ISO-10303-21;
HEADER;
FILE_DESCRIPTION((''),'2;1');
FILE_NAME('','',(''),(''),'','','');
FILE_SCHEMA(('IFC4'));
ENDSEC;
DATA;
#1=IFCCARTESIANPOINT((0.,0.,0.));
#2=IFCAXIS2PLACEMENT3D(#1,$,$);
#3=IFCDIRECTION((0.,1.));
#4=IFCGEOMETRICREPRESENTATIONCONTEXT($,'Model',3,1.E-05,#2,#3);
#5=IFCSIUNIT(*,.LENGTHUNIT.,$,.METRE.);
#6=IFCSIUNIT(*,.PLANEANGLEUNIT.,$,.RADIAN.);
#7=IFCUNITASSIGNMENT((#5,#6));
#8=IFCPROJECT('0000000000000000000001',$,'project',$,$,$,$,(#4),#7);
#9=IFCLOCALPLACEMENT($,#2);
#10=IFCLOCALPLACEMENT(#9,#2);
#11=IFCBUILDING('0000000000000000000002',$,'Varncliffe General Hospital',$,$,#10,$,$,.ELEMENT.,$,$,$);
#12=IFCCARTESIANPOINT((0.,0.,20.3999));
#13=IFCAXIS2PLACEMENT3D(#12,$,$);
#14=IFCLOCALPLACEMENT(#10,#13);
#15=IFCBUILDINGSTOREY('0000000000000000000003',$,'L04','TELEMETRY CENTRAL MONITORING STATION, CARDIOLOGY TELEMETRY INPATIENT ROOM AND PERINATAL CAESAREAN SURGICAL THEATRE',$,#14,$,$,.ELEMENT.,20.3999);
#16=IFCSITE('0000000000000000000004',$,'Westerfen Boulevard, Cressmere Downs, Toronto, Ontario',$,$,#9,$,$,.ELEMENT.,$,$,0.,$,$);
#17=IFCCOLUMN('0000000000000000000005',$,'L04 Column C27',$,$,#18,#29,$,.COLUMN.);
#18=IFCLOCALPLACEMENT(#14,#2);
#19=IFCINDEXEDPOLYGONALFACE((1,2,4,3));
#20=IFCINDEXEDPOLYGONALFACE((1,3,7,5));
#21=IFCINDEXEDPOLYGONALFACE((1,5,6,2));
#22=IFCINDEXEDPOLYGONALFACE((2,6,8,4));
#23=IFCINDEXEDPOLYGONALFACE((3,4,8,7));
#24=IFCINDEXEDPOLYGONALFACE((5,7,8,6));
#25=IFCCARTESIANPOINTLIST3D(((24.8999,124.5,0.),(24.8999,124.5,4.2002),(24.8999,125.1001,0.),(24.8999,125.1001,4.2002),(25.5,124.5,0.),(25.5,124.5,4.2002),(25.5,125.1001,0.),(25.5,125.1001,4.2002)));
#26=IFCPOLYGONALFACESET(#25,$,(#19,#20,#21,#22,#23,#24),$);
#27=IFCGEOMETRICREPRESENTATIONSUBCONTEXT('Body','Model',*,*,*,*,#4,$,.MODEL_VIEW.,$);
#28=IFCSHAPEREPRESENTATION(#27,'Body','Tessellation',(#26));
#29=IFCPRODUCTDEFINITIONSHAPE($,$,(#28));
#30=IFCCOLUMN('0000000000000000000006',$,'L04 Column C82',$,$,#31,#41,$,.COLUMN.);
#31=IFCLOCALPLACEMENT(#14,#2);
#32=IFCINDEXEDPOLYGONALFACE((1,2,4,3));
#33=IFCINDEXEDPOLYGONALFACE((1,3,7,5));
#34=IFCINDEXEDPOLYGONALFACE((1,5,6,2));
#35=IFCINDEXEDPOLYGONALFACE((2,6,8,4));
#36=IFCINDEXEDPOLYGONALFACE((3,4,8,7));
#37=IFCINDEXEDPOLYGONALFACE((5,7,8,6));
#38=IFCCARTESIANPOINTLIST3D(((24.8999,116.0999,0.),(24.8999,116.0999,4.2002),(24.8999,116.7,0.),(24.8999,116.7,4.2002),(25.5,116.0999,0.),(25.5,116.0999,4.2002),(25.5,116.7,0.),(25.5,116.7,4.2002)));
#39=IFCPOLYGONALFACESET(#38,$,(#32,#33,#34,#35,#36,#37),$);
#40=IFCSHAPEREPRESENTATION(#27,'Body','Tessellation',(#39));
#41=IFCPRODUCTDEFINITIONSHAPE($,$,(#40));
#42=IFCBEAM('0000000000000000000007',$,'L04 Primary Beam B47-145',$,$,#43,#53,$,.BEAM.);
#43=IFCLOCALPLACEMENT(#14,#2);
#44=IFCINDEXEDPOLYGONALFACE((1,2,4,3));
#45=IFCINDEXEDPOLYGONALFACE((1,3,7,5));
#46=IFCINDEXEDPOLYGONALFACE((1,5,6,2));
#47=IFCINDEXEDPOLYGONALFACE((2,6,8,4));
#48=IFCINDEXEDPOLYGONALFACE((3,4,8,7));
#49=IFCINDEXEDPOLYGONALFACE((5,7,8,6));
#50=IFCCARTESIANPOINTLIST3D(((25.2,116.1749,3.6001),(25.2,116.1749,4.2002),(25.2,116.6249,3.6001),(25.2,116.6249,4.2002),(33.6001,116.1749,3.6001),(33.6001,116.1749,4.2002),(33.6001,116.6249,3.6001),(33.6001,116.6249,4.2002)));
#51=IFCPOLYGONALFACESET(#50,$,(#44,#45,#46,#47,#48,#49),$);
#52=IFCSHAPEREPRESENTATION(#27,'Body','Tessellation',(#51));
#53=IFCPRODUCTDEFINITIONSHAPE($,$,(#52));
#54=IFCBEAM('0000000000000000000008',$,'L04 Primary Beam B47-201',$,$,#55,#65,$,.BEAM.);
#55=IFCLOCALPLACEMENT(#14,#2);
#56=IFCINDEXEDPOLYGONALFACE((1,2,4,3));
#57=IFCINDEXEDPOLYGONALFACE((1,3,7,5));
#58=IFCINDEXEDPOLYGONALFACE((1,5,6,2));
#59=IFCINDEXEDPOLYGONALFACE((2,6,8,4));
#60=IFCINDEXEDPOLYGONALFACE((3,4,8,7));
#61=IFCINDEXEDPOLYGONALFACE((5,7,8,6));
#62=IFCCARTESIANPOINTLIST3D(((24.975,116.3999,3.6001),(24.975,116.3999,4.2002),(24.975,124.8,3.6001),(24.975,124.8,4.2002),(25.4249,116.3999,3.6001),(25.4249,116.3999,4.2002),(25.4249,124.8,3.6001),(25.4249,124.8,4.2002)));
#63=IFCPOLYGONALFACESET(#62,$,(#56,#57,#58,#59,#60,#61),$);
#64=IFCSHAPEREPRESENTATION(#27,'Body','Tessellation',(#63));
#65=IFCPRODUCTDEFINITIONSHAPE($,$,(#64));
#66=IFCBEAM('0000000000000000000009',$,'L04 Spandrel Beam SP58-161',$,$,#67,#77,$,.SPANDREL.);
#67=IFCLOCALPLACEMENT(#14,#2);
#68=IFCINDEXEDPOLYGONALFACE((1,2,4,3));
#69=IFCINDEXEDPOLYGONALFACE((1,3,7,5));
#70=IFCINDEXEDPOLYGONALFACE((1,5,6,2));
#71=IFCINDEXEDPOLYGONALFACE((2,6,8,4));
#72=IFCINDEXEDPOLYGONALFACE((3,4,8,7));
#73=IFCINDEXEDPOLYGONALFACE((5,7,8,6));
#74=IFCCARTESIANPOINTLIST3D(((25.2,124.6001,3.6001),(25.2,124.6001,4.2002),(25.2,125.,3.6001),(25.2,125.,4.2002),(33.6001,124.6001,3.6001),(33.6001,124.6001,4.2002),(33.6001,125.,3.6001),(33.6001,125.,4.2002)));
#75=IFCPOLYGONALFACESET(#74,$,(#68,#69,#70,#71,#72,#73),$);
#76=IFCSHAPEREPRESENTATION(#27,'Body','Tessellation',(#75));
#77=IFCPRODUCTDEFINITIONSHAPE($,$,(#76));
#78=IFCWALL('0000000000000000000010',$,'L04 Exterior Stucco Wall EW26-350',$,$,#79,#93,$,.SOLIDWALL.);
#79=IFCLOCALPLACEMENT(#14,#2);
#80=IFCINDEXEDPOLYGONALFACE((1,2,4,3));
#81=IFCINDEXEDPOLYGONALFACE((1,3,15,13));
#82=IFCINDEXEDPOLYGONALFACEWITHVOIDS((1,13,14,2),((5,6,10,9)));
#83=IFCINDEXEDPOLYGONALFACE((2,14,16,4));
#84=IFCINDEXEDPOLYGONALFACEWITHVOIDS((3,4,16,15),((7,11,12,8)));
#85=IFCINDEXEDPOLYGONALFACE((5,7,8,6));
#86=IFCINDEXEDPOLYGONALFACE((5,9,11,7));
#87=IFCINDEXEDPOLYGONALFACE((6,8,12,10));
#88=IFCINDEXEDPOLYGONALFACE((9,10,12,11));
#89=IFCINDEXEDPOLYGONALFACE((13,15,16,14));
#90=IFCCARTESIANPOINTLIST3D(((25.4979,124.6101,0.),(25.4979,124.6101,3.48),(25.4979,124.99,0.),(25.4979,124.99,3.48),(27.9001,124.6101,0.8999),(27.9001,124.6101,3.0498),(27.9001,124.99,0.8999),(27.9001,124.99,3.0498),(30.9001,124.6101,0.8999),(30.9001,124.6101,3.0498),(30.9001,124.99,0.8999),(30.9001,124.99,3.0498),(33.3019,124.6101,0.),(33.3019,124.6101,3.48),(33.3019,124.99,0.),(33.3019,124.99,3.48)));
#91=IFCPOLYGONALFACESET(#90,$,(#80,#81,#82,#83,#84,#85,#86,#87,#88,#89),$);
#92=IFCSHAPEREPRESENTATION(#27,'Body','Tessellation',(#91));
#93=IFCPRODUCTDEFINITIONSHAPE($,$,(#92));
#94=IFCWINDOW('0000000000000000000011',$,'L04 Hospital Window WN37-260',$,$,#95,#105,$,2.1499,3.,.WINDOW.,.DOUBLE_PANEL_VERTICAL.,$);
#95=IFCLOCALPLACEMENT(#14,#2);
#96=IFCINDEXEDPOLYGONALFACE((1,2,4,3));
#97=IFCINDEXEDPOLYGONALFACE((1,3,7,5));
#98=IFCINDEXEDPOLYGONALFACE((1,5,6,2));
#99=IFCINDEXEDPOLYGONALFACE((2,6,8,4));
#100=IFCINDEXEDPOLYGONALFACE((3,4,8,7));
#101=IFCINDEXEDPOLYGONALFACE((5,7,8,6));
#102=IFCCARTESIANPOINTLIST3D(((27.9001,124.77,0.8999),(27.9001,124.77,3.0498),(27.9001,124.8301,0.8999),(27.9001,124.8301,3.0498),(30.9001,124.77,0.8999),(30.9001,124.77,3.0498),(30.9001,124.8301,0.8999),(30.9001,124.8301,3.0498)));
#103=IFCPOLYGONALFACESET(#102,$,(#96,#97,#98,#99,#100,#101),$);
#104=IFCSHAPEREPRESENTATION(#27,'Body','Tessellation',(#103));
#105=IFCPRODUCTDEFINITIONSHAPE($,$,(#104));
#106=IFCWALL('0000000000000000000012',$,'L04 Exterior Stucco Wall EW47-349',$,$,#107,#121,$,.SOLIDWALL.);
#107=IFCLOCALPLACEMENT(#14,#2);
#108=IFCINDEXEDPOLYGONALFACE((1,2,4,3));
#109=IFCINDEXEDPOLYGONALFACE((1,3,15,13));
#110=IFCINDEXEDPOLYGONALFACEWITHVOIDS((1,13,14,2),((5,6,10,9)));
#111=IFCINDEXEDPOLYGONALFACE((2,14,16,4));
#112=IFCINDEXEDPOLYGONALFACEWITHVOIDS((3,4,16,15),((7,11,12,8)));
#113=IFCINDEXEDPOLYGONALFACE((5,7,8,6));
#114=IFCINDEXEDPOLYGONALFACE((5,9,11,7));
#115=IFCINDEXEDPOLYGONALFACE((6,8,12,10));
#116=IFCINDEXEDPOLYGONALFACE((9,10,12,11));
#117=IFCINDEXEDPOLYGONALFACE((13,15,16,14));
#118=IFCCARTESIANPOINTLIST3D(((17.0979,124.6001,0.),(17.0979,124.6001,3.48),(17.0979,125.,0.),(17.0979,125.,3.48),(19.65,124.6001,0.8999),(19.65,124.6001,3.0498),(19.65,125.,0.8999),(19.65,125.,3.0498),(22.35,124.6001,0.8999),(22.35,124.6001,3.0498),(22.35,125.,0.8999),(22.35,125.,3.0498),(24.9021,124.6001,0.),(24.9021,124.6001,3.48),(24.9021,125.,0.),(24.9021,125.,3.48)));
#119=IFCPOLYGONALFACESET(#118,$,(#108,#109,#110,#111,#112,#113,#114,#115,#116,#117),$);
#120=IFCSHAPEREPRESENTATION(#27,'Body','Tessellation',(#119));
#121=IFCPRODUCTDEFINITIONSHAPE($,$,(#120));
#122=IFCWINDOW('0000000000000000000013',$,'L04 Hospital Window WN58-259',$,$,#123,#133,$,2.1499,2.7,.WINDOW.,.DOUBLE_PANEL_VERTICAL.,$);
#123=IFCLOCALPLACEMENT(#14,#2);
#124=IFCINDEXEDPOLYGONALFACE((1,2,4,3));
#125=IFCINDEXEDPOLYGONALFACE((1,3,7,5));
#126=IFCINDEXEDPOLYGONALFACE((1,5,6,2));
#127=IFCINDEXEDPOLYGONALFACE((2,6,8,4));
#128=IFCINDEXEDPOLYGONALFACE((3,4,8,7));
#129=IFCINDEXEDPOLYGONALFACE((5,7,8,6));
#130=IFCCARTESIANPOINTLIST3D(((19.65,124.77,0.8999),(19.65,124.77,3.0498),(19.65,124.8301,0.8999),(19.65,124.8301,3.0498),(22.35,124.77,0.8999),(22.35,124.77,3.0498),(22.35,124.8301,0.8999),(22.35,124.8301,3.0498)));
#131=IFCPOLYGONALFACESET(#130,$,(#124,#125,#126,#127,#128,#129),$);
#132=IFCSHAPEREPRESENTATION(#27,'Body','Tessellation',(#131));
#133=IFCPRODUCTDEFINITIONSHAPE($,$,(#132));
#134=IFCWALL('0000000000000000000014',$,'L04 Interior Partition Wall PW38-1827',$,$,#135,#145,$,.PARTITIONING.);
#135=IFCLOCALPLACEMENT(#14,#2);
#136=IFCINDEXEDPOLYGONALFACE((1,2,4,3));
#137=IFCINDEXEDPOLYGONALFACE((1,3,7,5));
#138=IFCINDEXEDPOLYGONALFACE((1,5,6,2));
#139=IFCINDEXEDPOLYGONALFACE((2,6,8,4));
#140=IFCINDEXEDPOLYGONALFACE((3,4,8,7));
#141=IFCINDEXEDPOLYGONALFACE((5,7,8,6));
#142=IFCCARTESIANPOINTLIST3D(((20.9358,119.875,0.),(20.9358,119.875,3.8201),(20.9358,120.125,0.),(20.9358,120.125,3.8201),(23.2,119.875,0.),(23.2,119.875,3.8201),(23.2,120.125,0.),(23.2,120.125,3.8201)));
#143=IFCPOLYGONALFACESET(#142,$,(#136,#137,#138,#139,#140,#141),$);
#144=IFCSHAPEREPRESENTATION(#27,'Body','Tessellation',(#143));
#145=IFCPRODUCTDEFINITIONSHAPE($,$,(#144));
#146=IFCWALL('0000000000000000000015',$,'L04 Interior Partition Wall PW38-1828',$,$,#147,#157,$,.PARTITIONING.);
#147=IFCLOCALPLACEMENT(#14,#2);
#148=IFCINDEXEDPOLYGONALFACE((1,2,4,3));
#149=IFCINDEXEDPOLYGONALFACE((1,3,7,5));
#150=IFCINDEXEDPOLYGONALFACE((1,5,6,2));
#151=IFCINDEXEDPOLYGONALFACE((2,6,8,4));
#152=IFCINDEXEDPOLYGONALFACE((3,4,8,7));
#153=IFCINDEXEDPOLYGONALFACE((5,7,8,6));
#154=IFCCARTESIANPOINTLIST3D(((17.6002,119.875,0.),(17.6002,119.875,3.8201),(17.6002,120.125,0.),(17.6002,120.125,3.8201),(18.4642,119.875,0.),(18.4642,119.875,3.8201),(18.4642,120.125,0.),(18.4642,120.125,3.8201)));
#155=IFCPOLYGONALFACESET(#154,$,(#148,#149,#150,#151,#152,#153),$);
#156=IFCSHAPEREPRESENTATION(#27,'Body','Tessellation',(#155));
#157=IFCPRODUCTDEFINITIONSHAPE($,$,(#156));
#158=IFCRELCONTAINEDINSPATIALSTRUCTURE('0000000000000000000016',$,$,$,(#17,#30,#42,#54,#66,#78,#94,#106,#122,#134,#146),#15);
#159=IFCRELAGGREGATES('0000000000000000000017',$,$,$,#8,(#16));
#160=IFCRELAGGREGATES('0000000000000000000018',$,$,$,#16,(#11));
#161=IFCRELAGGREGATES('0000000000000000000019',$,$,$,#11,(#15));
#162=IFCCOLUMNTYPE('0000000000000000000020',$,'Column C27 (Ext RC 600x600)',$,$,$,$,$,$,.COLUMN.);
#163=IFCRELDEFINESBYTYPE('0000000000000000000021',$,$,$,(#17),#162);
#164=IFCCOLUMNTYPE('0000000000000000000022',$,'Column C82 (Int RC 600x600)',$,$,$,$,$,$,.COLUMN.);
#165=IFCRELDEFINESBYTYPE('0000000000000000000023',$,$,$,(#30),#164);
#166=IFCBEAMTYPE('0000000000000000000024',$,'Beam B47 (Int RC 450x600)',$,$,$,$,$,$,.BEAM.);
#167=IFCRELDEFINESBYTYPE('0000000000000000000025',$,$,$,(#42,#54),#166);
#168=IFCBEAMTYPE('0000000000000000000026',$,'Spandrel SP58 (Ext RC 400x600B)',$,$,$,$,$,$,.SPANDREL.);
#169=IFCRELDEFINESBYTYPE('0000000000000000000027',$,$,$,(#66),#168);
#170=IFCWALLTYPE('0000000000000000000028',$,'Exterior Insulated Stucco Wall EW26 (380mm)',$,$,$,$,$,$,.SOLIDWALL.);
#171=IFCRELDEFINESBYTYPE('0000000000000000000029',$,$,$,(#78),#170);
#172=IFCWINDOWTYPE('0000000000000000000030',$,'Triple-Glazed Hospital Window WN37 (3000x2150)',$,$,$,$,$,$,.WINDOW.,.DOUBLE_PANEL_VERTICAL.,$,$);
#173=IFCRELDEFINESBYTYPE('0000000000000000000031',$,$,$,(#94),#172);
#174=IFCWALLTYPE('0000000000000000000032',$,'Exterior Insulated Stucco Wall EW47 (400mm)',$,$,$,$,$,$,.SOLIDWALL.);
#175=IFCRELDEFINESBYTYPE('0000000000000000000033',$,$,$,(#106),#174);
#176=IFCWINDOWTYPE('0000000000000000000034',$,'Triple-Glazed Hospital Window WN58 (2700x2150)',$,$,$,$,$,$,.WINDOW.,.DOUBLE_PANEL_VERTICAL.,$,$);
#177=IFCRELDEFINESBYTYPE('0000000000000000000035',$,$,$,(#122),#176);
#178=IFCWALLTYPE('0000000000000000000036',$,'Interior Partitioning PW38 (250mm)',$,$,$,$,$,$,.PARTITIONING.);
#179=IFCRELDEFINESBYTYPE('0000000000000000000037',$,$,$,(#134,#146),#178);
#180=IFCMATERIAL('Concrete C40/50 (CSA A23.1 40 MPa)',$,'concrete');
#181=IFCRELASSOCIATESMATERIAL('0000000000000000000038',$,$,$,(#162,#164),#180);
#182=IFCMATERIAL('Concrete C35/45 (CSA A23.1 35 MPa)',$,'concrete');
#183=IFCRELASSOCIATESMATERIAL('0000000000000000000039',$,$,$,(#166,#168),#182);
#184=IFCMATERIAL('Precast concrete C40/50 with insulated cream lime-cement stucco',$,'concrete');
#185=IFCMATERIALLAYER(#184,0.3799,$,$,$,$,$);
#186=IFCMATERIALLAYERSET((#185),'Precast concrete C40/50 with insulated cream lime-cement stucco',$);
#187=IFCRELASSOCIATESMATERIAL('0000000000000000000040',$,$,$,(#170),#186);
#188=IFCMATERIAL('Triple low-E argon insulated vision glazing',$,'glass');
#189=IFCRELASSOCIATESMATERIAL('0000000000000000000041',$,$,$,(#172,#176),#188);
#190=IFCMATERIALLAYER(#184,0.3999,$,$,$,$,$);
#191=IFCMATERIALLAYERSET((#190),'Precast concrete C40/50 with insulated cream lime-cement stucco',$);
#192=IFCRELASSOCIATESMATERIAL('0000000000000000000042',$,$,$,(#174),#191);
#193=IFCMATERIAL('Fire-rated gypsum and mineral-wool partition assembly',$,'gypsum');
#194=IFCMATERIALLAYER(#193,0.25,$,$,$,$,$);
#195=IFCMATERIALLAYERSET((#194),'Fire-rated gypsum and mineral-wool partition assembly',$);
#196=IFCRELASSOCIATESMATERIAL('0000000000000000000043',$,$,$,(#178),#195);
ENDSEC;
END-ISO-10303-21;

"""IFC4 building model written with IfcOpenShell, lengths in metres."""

from ifc_helpers import new_model, si_unit, direction, frame, frame_2d, origin, origin_2d, place, context, subcontext, project, spatial, rectangle, extrude, material, layer, layer_set, material_profile, profile_set, type_object, element, fill, save


model = new_model("IFC4")

# Units and contexts
model_context = context("Model", 3, precision=1e-05, world=origin(), true_north=direction((0.0, 1.0)))
body_context = subcontext(model_context, "Body", "Model", "MODEL_VIEW")
ifc_project = project(units=[si_unit("LENGTHUNIT", "METRE"), si_unit("PLANEANGLEUNIT", "RADIAN")], contexts=[model_context])

# Site, building, storey
site_placement = place(None, origin())
site = spatial("IfcSite", under=ifc_project, at=site_placement, Name="Westerfen Boulevard, Cressmere Downs, Toronto, Ontario", CompositionType="ELEMENT", RefElevation=0.0)
building_placement = place(site_placement, origin())
building = spatial("IfcBuilding", under=site, at=building_placement, Name="Varncliffe General Hospital", CompositionType="ELEMENT")
storey_placement = place(building_placement, frame((0.0, 0.0, 20.3999)))
storey = spatial("IfcBuildingStorey", under=building, at=storey_placement, Name="L04", Description="TELEMETRY CENTRAL MONITORING STATION, CARDIOLOGY TELEMETRY INPATIENT ROOM AND PERINATAL CAESAREAN SURGICAL THEATRE", CompositionType="ELEMENT", Elevation=20.3999)

# Columns
ifc_material_1 = material(Name="Concrete C40/50 (CSA A23.1 40 MPa)", Category="concrete")
ifc_material_profile_1 = material_profile(ifc_material_1, rectangle(XDim=0.6001, YDim=0.6001, at=origin_2d()), Name="RC 600x600")
ifc_profile_set_1 = profile_set([ifc_material_profile_1], Name="Concrete C40/50 (CSA A23.1 40 MPa)")
column_type_1 = type_object("IfcColumnType", Name="Column C27 (Ext RC 600x600)", PredefinedType="COLUMN", material=ifc_profile_set_1)
column_1_placement = place(storey_placement, frame((25.2, 124.8, 0.0), z_axis=(0.0, 0.0, 1.0), x_axis=(1.0, 0.0, 0.0)))
element("IfcColumn", 1, at=column_1_placement, inside=storey, type_object=column_type_1, Name="L04 Column C27", PredefinedType="COLUMN", context=body_context, shape_type="SweptSolid", body=[
    extrude(rectangle(XDim=0.6001, YDim=0.6001, at=origin_2d()), origin(), (0.0, 0.0, 1.0), 4.2002),
])
ifc_material_profile_2 = material_profile(ifc_material_1, rectangle(XDim=0.6001, YDim=0.6001, at=origin_2d()), Name="RC 600x600")
ifc_profile_set_2 = profile_set([ifc_material_profile_2], Name="Concrete C40/50 (CSA A23.1 40 MPa)")
column_type_2 = type_object("IfcColumnType", Name="Column C82 (Int RC 600x600)", PredefinedType="COLUMN", material=ifc_profile_set_2)
column_2_placement = place(storey_placement, frame((25.2, 116.3999, 0.0), z_axis=(0.0, 0.0, 1.0), x_axis=(1.0, 0.0, 0.0)))
element("IfcColumn", 2, at=column_2_placement, inside=storey, type_object=column_type_2, Name="L04 Column C82", PredefinedType="COLUMN", context=body_context, shape_type="SweptSolid", body=[
    extrude(rectangle(XDim=0.6001, YDim=0.6001, at=origin_2d()), origin(), (0.0, 0.0, 1.0), 4.2002),
])

# Beams
ifc_material_2 = material(Name="Concrete C35/45 (CSA A23.1 35 MPa)", Category="concrete")
ifc_material_profile_3 = material_profile(ifc_material_2, rectangle(XDim=0.45, YDim=0.6001, at=origin_2d()), Name="RC 450x600")
ifc_profile_set_3 = profile_set([ifc_material_profile_3], Name="Concrete C35/45 (CSA A23.1 35 MPa)")
beam_type_1 = type_object("IfcBeamType", Name="Beam B47 (Int RC 450x600)", PredefinedType="BEAM", material=ifc_profile_set_3)
for number, where, z_axis, x_axis, name in (
    (3, (25.2, 116.3999, 3.9001), (1.0, 0.0, 0.0), (0.0, 1.0, 0.0), "L04 Primary Beam B47-145"),
    (4, (25.2, 116.3999, 3.9001), (0.0, 1.0, 0.0), (-1.0, 0.0, 0.0), "L04 Primary Beam B47-201"),
):
    element("IfcBeam", number, at=place(storey_placement, frame(where, z_axis=z_axis, x_axis=x_axis)), inside=storey, type_object=beam_type_1, Name=name, PredefinedType="BEAM", context=body_context, shape_type="SweptSolid", body=[
        extrude(rectangle(XDim=0.45, YDim=0.6001, at=origin_2d()), origin(), (0.0, 0.0, 1.0), 8.4001),
    ])
ifc_material_profile_4 = material_profile(ifc_material_2, rectangle(XDim=0.3999, YDim=0.6001, at=origin_2d()), Name="RC 400x600")
ifc_profile_set_4 = profile_set([ifc_material_profile_4], Name="Concrete C35/45 (CSA A23.1 35 MPa)")
beam_type_2 = type_object("IfcBeamType", Name="Spandrel SP58 (Ext RC 400x600B)", PredefinedType="SPANDREL", material=ifc_profile_set_4)
beam_placement = place(storey_placement, frame((25.2, 124.8, 3.9001), z_axis=(1.0, 0.0, 0.0), x_axis=(0.0, 1.0, 0.0)))
element("IfcBeam", 5, at=beam_placement, inside=storey, type_object=beam_type_2, Name="L04 Spandrel Beam SP58-161", PredefinedType="SPANDREL", context=body_context, shape_type="SweptSolid", body=[
    extrude(rectangle(XDim=0.3999, YDim=0.6001, at=origin_2d()), origin(), (0.0, 0.0, 1.0), 8.4001),
])

# Walls, openings, windows
ifc_material_3 = material(Name="Precast concrete C40/50 with insulated cream lime-cement stucco", Category="concrete")
ifc_layer_1 = layer(ifc_material_3, 0.3799)
ifc_layer_set_1 = layer_set([ifc_layer_1], Name="Precast concrete C40/50 with insulated cream lime-cement stucco")
wall_type_1 = type_object("IfcWallType", Name="Exterior Insulated Stucco Wall EW26 (380mm)", PredefinedType="SOLIDWALL", material=ifc_layer_set_1)
wall_1_placement = place(storey_placement, frame((25.498, 124.8, 0.0), z_axis=(0.0, 0.0, 1.0), x_axis=(1.0, 0.0, 0.0)))
wall_1 = element("IfcWall", 6, at=wall_1_placement, inside=storey, type_object=wall_type_1, Name="L04 Exterior Stucco Wall EW26-350", PredefinedType="SOLIDWALL", context=body_context, shape_type="SweptSolid", body=[
    extrude(rectangle(XDim=7.804, YDim=0.3799, at=frame_2d((3.9019, 0.0))), origin(), (0.0, 0.0, 1.0), 3.48),
])
opening_1_placement = place(wall_1_placement, frame((2.4021, 0.0, 0.8999)))
opening_1 = element("IfcOpeningElement", 7, at=opening_1_placement, cuts=wall_1, PredefinedType="OPENING", context=body_context, shape_type="SweptSolid", body=[
    extrude(rectangle(XDim=3.0, YDim=2.1499, at=frame_2d((1.5, 1.075))), frame((0.0, 0.2, 0.0), z_axis=(0.0, -1.0, 0.0), x_axis=(1.0, 0.0, 0.0)), (0.0, 0.0, 1.0), 0.3999),
])
ifc_material_4 = material(Name="Triple low-E argon insulated vision glazing", Category="glass")
window_type_1 = type_object("IfcWindowType", Name="Triple-Glazed Hospital Window WN37 (3000x2150)", PartitioningType="DOUBLE_PANEL_VERTICAL", PredefinedType="WINDOW", material=ifc_material_4)
window_1_placement = place(opening_1_placement, origin())
window_1 = element("IfcWindow", 8, at=window_1_placement, inside=storey, type_object=window_type_1, Name="L04 Hospital Window WN37-260", OverallHeight=2.1499, OverallWidth=3.0, PartitioningType="DOUBLE_PANEL_VERTICAL", PredefinedType="WINDOW", context=body_context, shape_type="SweptSolid", body=[
    extrude(rectangle(XDim=3.0, YDim=2.1499, at=frame_2d((1.5, 1.075))), frame((0.0, 0.03, 0.0), z_axis=(0.0, -1.0, 0.0), x_axis=(1.0, 0.0, 0.0)), (0.0, 0.0, 1.0), 0.0601),
])
fill(opening_1, window_1)
ifc_layer_2 = layer(ifc_material_3, 0.3999)
ifc_layer_set_2 = layer_set([ifc_layer_2], Name="Precast concrete C40/50 with insulated cream lime-cement stucco")
wall_type_2 = type_object("IfcWallType", Name="Exterior Insulated Stucco Wall EW47 (400mm)", PredefinedType="SOLIDWALL", material=ifc_layer_set_2)
wall_2_placement = place(storey_placement, frame((17.0979, 124.8, 0.0), z_axis=(0.0, 0.0, 1.0), x_axis=(1.0, 0.0, 0.0)))
wall_2 = element("IfcWall", 9, at=wall_2_placement, inside=storey, type_object=wall_type_2, Name="L04 Exterior Stucco Wall EW47-349", PredefinedType="SOLIDWALL", context=body_context, shape_type="SweptSolid", body=[
    extrude(rectangle(XDim=7.8042, YDim=0.3999, at=frame_2d((3.9021, 0.0))), origin(), (0.0, 0.0, 1.0), 3.48),
])
opening_2_placement = place(wall_2_placement, frame((2.552, 0.0, 0.8999)))
opening_2 = element("IfcOpeningElement", 10, at=opening_2_placement, cuts=wall_2, PredefinedType="OPENING", context=body_context, shape_type="SweptSolid", body=[
    extrude(rectangle(XDim=2.7, YDim=2.1499, at=frame_2d((1.3501, 1.075))), frame((0.0, 0.21, 0.0), z_axis=(0.0, -1.0, 0.0), x_axis=(1.0, 0.0, 0.0)), (0.0, 0.0, 1.0), 0.4199),
])
window_type_2 = type_object("IfcWindowType", Name="Triple-Glazed Hospital Window WN58 (2700x2150)", PartitioningType="DOUBLE_PANEL_VERTICAL", PredefinedType="WINDOW", material=ifc_material_4)
window_2_placement = place(opening_2_placement, origin())
window_2 = element("IfcWindow", 11, at=window_2_placement, inside=storey, type_object=window_type_2, Name="L04 Hospital Window WN58-259", OverallHeight=2.1499, OverallWidth=2.7, PartitioningType="DOUBLE_PANEL_VERTICAL", PredefinedType="WINDOW", context=body_context, shape_type="SweptSolid", body=[
    extrude(rectangle(XDim=2.7, YDim=2.1499, at=frame_2d((1.3501, 1.075))), frame((0.0, 0.03, 0.0), z_axis=(0.0, -1.0, 0.0), x_axis=(1.0, 0.0, 0.0)), (0.0, 0.0, 1.0), 0.0601),
])
fill(opening_2, window_2)

# Walls
ifc_material_5 = material(Name="Fire-rated gypsum and mineral-wool partition assembly", Category="gypsum")
ifc_layer_3 = layer(ifc_material_5, 0.25)
ifc_layer_set_3 = layer_set([ifc_layer_3], Name="Fire-rated gypsum and mineral-wool partition assembly")
wall_type_3 = type_object("IfcWallType", Name="Interior Partitioning PW38 (250mm)", PredefinedType="PARTITIONING", material=ifc_layer_set_3)
wall_3_placement = place(storey_placement, frame((20.9358, 120.0, 0.0), z_axis=(0.0, 0.0, 1.0), x_axis=(1.0, 0.0, 0.0)))
element("IfcWall", 12, at=wall_3_placement, inside=storey, type_object=wall_type_3, Name="L04 Interior Partition Wall PW38-1827", PredefinedType="PARTITIONING", context=body_context, shape_type="SweptSolid", body=[
    extrude(rectangle(XDim=2.2642, YDim=0.25, at=frame_2d((1.1321, 0.0))), origin(), (0.0, 0.0, 1.0), 3.8201),
])
wall_4_placement = place(storey_placement, frame((17.6001, 120.0, 0.0), z_axis=(0.0, 0.0, 1.0), x_axis=(1.0, 0.0, 0.0)))
element("IfcWall", 13, at=wall_4_placement, inside=storey, type_object=wall_type_3, Name="L04 Interior Partition Wall PW38-1828", PredefinedType="PARTITIONING", context=body_context, shape_type="SweptSolid", body=[
    extrude(rectangle(XDim=0.864, YDim=0.25, at=frame_2d((0.4321, 0.0))), origin(), (0.0, 0.0, 1.0), 3.8201),
])

save(model, "model.ifc")
